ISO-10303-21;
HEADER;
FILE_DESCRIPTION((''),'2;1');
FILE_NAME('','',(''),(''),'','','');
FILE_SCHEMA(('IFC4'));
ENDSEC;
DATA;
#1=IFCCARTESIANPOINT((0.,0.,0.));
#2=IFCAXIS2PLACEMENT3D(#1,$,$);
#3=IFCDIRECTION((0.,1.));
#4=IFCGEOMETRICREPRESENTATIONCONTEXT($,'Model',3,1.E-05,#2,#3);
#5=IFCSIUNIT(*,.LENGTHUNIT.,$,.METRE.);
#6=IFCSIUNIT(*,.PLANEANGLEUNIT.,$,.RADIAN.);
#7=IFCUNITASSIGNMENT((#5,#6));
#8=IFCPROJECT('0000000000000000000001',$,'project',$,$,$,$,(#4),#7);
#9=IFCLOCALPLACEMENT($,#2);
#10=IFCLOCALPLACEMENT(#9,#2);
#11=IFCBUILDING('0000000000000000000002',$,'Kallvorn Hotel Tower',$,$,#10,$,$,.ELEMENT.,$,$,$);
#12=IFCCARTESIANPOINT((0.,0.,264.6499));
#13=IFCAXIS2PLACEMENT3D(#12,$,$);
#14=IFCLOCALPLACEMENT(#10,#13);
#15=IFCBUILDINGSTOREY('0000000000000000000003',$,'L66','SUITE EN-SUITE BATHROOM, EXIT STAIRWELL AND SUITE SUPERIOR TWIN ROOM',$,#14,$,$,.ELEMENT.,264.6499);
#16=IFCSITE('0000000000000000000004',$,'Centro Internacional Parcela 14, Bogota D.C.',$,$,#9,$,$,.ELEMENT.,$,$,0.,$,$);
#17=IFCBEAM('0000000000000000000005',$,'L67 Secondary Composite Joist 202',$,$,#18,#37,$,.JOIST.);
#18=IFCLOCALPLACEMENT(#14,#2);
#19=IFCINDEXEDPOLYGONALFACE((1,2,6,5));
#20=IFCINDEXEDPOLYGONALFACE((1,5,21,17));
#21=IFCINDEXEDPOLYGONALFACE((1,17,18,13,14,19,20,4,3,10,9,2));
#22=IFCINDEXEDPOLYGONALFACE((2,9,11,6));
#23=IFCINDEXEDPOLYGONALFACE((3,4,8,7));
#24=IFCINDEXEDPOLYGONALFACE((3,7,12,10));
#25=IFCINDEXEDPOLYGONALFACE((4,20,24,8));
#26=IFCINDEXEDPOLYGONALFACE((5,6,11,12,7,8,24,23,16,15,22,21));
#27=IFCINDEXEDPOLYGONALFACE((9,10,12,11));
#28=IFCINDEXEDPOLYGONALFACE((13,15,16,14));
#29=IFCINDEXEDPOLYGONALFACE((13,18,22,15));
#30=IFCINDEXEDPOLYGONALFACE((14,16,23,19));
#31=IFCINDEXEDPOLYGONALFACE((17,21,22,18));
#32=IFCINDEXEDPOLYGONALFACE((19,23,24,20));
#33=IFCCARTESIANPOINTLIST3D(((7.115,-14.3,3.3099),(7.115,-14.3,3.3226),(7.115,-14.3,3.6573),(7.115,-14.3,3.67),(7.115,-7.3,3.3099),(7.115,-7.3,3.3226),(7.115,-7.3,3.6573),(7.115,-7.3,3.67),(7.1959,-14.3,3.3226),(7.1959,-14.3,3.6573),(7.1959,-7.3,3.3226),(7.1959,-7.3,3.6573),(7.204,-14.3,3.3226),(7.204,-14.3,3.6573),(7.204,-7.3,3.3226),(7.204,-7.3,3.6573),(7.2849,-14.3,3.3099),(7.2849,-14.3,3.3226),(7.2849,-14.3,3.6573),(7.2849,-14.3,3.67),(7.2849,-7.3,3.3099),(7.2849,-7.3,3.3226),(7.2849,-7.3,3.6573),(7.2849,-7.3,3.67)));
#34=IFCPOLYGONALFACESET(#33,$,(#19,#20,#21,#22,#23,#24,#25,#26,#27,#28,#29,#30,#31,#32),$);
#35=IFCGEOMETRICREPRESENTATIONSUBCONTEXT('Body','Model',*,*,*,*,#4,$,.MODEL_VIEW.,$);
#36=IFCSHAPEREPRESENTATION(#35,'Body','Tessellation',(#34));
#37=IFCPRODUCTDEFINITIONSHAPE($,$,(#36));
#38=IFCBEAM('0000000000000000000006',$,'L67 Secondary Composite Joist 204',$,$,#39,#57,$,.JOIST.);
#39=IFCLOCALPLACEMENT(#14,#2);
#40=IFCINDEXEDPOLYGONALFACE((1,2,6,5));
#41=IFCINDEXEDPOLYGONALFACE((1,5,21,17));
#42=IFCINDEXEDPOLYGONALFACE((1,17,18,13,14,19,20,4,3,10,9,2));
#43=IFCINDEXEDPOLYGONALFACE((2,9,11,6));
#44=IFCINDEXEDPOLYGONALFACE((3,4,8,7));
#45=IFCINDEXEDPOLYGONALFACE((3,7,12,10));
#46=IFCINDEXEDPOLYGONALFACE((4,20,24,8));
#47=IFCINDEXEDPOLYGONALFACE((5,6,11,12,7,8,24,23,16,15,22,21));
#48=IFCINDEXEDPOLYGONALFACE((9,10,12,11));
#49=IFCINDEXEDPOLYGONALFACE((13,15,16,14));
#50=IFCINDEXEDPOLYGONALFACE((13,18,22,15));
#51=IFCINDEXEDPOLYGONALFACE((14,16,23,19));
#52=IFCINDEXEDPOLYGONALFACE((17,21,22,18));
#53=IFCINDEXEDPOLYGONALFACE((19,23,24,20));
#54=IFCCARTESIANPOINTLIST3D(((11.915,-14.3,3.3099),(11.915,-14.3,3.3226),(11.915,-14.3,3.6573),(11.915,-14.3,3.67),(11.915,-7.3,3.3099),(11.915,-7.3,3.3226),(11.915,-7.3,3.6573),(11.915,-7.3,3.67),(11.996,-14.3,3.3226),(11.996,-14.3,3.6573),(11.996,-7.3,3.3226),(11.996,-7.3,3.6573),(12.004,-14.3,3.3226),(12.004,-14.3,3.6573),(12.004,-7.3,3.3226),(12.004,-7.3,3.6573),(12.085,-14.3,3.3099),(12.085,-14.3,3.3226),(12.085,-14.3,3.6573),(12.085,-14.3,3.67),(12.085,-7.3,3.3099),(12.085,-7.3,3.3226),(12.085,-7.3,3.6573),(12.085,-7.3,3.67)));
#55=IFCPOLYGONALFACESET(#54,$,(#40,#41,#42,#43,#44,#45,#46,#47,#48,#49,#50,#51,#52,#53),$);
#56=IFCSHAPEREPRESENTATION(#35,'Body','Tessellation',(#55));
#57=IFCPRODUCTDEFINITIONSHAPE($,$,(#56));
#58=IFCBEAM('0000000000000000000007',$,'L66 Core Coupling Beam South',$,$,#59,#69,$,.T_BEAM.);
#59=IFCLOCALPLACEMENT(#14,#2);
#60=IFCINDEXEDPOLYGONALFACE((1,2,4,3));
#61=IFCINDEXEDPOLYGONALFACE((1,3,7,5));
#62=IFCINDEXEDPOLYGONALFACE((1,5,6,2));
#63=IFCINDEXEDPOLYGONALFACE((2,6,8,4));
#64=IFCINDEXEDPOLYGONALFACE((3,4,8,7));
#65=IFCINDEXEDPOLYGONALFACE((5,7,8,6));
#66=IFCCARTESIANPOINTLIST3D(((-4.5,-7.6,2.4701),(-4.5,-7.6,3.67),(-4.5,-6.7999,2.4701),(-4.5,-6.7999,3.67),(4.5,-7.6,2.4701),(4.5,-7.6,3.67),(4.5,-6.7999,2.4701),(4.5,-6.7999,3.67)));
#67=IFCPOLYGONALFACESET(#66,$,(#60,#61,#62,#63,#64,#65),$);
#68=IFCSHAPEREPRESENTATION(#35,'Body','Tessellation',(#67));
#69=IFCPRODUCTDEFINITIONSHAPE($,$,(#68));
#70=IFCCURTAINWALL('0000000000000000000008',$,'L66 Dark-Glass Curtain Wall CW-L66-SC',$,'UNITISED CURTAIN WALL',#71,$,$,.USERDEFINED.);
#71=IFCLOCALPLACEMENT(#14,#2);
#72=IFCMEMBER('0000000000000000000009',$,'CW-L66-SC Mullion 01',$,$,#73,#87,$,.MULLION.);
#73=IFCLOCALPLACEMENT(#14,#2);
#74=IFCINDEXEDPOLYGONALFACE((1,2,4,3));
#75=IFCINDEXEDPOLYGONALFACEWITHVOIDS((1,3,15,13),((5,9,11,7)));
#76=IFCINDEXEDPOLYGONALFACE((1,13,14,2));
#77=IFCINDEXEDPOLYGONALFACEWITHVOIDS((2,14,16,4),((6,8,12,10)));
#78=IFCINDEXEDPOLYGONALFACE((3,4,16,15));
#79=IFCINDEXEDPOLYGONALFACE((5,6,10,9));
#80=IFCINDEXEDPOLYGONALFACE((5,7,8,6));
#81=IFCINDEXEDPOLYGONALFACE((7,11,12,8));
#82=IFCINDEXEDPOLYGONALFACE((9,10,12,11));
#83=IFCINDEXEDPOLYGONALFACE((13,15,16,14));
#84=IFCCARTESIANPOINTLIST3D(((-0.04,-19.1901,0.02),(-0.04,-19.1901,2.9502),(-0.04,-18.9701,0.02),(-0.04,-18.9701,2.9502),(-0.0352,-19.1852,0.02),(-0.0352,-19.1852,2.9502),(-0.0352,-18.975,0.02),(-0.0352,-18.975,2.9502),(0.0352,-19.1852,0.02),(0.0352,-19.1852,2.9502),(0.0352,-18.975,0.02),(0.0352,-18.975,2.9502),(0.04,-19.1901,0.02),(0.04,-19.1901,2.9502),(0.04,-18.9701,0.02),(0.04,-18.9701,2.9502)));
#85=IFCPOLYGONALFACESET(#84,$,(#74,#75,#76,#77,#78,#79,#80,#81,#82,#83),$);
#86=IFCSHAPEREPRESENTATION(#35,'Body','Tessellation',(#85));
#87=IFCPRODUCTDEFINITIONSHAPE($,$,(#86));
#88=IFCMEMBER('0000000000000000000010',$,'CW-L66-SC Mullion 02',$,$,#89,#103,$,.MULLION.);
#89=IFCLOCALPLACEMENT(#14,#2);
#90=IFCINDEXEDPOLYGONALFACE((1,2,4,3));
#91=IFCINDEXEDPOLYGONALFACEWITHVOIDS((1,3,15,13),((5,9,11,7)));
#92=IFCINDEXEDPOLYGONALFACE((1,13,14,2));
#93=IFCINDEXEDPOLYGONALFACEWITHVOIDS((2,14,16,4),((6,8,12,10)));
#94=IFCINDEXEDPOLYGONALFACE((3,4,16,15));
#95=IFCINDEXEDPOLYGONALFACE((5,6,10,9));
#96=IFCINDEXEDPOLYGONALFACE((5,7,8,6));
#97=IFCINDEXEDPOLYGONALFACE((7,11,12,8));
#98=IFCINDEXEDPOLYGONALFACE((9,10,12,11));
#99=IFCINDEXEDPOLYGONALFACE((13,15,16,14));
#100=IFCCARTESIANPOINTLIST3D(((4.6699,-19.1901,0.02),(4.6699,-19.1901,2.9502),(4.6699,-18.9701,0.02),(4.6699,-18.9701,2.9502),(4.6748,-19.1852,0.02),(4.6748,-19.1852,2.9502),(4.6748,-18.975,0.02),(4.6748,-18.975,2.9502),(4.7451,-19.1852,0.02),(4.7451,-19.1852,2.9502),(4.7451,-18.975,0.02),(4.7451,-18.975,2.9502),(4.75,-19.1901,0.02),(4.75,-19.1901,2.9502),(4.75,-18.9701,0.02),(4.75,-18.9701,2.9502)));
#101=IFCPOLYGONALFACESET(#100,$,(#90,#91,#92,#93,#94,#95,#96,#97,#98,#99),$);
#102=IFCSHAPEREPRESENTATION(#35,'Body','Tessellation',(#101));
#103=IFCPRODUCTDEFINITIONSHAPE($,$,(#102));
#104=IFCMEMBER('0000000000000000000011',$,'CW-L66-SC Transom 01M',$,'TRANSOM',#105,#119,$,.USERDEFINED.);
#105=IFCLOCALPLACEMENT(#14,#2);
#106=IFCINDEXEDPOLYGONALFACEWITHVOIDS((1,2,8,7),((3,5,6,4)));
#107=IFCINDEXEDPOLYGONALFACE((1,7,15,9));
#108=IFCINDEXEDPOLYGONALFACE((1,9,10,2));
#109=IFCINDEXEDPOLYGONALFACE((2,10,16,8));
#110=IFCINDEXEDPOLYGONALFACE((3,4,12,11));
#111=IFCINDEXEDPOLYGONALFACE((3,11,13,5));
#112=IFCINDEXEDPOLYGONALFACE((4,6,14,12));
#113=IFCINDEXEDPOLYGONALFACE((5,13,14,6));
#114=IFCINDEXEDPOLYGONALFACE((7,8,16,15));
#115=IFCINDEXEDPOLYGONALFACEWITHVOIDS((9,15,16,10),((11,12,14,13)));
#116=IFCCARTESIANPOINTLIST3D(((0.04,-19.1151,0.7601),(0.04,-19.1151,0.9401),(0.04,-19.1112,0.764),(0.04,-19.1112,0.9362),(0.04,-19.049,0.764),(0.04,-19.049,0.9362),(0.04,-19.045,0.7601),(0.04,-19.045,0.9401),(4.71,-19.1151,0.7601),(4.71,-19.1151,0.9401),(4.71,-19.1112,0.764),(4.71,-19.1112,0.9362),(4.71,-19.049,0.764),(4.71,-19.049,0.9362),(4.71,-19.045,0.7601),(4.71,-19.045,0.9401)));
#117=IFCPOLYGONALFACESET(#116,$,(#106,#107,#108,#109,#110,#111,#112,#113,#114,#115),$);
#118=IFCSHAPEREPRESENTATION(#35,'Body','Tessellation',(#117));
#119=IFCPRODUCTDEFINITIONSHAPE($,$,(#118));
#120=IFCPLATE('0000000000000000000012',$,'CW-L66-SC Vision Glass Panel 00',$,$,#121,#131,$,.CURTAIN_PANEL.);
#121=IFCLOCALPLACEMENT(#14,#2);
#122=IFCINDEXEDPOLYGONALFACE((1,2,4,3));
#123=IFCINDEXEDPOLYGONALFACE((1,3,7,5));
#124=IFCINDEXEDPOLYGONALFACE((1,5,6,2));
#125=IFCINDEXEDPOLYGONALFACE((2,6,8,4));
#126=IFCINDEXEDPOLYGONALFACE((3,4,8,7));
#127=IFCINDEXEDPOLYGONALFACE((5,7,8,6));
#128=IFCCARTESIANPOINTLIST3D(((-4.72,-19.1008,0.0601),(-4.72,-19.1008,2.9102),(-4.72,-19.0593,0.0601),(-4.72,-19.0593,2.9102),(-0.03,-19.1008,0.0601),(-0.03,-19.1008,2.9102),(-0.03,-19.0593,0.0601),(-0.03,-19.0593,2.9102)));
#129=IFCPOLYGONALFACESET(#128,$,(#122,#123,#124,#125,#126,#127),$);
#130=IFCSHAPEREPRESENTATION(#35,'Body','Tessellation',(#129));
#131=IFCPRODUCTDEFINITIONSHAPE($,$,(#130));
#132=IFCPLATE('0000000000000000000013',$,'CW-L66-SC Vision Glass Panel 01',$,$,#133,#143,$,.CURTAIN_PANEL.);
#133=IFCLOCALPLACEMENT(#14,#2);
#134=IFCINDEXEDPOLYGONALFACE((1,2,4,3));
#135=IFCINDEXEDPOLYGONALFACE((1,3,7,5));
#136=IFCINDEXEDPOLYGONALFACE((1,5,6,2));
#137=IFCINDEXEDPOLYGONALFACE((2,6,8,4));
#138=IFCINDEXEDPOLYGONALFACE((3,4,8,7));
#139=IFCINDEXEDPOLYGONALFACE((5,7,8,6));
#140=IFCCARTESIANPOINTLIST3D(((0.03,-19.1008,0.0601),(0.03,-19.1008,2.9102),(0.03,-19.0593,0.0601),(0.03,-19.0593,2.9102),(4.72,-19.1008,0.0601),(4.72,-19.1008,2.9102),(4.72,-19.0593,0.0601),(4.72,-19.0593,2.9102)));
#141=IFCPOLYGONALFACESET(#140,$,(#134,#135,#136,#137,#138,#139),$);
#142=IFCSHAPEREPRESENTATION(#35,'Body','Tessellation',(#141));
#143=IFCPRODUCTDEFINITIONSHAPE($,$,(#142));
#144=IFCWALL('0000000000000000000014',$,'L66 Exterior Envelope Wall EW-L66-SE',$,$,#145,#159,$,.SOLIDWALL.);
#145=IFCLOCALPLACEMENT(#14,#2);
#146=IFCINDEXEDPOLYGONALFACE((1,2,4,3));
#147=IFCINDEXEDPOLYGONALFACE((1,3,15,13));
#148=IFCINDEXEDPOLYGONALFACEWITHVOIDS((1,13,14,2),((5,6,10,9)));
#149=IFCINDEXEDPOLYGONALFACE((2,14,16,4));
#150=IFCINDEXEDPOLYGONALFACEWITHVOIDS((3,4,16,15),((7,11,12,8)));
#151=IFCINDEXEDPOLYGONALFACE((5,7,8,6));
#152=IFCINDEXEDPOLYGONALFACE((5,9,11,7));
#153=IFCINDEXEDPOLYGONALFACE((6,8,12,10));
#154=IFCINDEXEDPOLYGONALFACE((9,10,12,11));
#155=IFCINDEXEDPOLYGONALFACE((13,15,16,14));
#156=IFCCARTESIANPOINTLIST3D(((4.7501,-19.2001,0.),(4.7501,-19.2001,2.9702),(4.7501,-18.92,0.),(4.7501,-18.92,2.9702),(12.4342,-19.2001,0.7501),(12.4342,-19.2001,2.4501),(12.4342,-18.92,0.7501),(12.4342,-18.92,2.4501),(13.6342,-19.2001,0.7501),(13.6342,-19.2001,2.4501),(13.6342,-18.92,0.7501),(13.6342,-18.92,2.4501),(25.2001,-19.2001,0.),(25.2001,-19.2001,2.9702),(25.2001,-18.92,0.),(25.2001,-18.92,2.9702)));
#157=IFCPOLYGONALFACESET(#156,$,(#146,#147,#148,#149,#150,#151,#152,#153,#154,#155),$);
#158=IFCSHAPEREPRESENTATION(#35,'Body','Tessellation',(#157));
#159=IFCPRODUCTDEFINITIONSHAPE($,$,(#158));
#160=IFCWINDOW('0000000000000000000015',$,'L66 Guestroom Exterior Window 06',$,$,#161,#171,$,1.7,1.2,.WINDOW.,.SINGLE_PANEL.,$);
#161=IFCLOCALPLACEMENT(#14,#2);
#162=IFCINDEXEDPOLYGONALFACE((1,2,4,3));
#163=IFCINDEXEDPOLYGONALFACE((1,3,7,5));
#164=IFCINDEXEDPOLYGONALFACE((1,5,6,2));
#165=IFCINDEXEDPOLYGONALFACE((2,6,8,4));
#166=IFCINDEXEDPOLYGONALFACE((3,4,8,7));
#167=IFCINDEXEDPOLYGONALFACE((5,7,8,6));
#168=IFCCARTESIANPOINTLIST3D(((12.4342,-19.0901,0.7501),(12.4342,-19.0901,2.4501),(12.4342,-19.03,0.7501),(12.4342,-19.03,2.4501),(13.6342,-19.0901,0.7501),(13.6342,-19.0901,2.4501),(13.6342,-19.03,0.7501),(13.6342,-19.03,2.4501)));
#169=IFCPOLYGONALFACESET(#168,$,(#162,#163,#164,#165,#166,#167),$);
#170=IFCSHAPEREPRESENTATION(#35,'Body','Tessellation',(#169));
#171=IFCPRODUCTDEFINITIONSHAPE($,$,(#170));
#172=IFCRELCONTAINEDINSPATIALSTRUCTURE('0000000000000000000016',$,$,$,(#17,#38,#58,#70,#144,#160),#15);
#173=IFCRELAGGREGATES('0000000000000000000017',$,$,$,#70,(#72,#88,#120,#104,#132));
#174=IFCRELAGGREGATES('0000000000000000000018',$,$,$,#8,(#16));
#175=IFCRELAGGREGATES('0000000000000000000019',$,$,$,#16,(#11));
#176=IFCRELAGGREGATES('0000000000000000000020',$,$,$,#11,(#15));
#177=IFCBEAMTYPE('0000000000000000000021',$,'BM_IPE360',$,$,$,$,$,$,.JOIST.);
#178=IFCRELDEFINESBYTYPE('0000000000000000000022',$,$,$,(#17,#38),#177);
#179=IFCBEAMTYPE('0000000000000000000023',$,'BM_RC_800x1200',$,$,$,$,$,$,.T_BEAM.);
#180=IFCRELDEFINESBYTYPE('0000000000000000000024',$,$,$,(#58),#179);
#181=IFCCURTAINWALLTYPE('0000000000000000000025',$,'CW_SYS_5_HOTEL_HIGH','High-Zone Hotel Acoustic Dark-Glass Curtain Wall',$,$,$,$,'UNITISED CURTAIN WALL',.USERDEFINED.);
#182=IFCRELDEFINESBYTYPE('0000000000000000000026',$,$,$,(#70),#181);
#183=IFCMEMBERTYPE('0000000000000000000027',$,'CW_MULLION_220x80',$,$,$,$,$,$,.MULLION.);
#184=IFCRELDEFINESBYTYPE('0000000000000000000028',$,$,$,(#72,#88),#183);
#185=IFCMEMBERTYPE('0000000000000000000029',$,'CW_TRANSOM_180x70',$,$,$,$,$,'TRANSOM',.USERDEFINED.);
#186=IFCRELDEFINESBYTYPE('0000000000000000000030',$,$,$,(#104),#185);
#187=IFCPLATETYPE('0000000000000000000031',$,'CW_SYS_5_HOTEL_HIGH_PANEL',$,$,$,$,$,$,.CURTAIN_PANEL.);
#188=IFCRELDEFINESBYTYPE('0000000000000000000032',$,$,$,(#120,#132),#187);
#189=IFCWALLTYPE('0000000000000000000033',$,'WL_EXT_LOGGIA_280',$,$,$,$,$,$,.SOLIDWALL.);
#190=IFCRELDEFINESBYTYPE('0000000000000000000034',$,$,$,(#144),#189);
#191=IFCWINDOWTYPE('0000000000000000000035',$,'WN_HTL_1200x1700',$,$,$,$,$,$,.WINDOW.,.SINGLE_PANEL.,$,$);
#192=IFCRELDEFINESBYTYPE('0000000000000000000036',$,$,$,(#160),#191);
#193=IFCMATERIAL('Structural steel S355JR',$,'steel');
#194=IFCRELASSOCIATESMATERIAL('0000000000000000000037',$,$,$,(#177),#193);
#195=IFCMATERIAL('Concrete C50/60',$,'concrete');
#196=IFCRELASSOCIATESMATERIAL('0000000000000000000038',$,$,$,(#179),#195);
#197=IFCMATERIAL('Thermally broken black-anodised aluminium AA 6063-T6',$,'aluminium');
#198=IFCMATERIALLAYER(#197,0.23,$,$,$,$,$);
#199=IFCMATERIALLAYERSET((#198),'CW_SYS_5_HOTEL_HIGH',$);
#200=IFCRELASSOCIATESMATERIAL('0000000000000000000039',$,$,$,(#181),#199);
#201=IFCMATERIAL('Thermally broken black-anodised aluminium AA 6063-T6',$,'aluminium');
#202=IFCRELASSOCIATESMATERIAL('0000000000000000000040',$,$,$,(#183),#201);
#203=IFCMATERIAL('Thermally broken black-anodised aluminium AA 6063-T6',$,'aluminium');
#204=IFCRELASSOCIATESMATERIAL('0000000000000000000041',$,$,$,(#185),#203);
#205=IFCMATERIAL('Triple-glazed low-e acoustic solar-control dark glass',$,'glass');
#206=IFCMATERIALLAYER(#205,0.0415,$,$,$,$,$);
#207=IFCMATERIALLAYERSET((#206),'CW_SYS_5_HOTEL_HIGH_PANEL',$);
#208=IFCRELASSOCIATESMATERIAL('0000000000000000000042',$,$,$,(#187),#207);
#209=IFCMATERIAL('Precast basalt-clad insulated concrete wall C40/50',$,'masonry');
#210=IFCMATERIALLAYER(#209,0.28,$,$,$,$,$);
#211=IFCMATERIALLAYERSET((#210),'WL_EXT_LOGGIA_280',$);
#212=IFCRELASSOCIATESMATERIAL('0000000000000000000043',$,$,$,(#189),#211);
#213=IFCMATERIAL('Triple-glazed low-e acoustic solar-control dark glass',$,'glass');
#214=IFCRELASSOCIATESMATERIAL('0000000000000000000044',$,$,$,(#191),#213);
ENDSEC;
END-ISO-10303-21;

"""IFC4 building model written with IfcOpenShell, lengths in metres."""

from ifc_helpers import new_model, si_unit, direction, frame, frame_2d, origin, origin_2d, place, context, subcontext, project, spatial, rectangle, hollow_rectangle, i_section, extrude, material, layer, layer_set, material_profile, profile_set, type_object, element, fill, aggregate, save


model = new_model("IFC4")

# Units and contexts
model_context = context("Model", 3, precision=1e-05, world=origin(), true_north=direction((0.0, 1.0)))
body_context = subcontext(model_context, "Body", "Model", "MODEL_VIEW")
ifc_project = project(units=[si_unit("LENGTHUNIT", "METRE"), si_unit("PLANEANGLEUNIT", "RADIAN")], contexts=[model_context])

# Site, building, storey
site_placement = place(None, origin())
site = spatial("IfcSite", under=ifc_project, at=site_placement, Name="Centro Internacional Parcela 14, Bogota D.C.", CompositionType="ELEMENT", RefElevation=0.0)
building_placement = place(site_placement, origin())
building = spatial("IfcBuilding", under=site, at=building_placement, Name="Kallvorn Hotel Tower", CompositionType="ELEMENT")
storey_placement = place(building_placement, frame((0.0, 0.0, 264.6499)))
storey = spatial("IfcBuildingStorey", under=building, at=storey_placement, Name="L66", Description="SUITE EN-SUITE BATHROOM, EXIT STAIRWELL AND SUITE SUPERIOR TWIN ROOM", CompositionType="ELEMENT", Elevation=264.6499)

# Beams
ifc_material_1 = material(Name="Structural steel S355JR", Category="steel")
ifc_material_profile_1 = material_profile(ifc_material_1, i_section(OverallWidth=0.1699, OverallDepth=0.3601, WebThickness=0.0081, FlangeThickness=0.0127, at=origin_2d()), Name="IPE 360")
ifc_profile_set_1 = profile_set([ifc_material_profile_1], Name="Structural steel S355JR")
beam_type_1 = type_object("IfcBeamType", Name="BM_IPE360", PredefinedType="JOIST", material=ifc_profile_set_1)
for number, where, z_axis, x_axis, name in (
    (1, (7.2, -14.3, 3.49), (0.0, 1.0, 0.0), (-1.0, 0.0, 0.0), "L67 Secondary Composite Joist 202"),
    (2, (12.0, -14.3, 3.49), (0.0, 1.0, 0.0), (-1.0, 0.0, 0.0), "L67 Secondary Composite Joist 204"),
):
    element("IfcBeam", number, at=place(storey_placement, frame(where, z_axis=z_axis, x_axis=x_axis)), inside=storey, type_object=beam_type_1, Name=name, PredefinedType="JOIST", context=body_context, shape_type="SweptSolid", body=[
        extrude(i_section(OverallWidth=0.1699, OverallDepth=0.3601, WebThickness=0.0081, FlangeThickness=0.0127, at=origin_2d()), origin(), (0.0, 0.0, 1.0), 7.0),
    ])
ifc_material_2 = material(Name="Concrete C50/60", Category="concrete")
ifc_material_profile_2 = material_profile(ifc_material_2, rectangle(XDim=0.8, YDim=1.2, at=origin_2d()), Name="RC 800x1200")
ifc_profile_set_2 = profile_set([ifc_material_profile_2], Name="Concrete C50/60")
beam_type_2 = type_object("IfcBeamType", Name="BM_RC_800x1200", PredefinedType="T_BEAM", material=ifc_profile_set_2)
beam_1_placement = place(storey_placement, frame((-4.5, -7.2, 3.0701), z_axis=(1.0, 0.0, 0.0), x_axis=(0.0, 1.0, 0.0)))
element("IfcBeam", 3, at=beam_1_placement, inside=storey, type_object=beam_type_2, Name="L66 Core Coupling Beam South", PredefinedType="T_BEAM", context=body_context, shape_type="SweptSolid", body=[
    extrude(rectangle(XDim=0.8, YDim=1.2, at=origin_2d()), origin(), (0.0, 0.0, 1.0), 9.0),
])

# Curtain wall, members, plates
ifc_material_3 = material(Name="Thermally broken black-anodised aluminium AA 6063-T6", Category="aluminium")
ifc_layer_1 = layer(ifc_material_3, 0.23)
ifc_layer_set_1 = layer_set([ifc_layer_1], Name="CW_SYS_5_HOTEL_HIGH")
curtain_wall_type = type_object("IfcCurtainWallType", Name="CW_SYS_5_HOTEL_HIGH", Description="High-Zone Hotel Acoustic Dark-Glass Curtain Wall", ElementType="UNITISED CURTAIN WALL", PredefinedType="USERDEFINED", material=ifc_layer_set_1)
curtain_wall_placement = place(storey_placement, origin())
curtain_wall = element("IfcCurtainWall", 4, at=curtain_wall_placement, inside=storey, type_object=curtain_wall_type, Name="L66 Dark-Glass Curtain Wall CW-L66-SC", ObjectType="UNITISED CURTAIN WALL", PredefinedType="USERDEFINED")
ifc_material_4 = material(Name="Thermally broken black-anodised aluminium AA 6063-T6", Category="aluminium")
ifc_material_profile_3 = material_profile(ifc_material_4, hollow_rectangle(XDim=0.0801, YDim=0.22, WallThickness=0.0049, at=origin_2d()), Name="MUL 220x80")
ifc_profile_set_3 = profile_set([ifc_material_profile_3], Name="Thermally broken black-anodised aluminium AA 6063-T6")
member_type_1 = type_object("IfcMemberType", Name="CW_MULLION_220x80", PredefinedType="MULLION", material=ifc_profile_set_3)
member_1_placement = place(storey_placement, frame((0.0, -19.0801, 0.02), z_axis=(0.0, 0.0, 1.0), x_axis=(1.0, 0.0, 0.0)))
member_1 = element("IfcMember", 5, at=member_1_placement, type_object=member_type_1, Name="CW-L66-SC Mullion 01", PredefinedType="MULLION", context=body_context, shape_type="SweptSolid", body=[
    extrude(hollow_rectangle(XDim=0.0801, YDim=0.22, WallThickness=0.0049, at=origin_2d()), origin(), (0.0, 0.0, 1.0), 2.9302),
])
member_2_placement = place(storey_placement, frame((4.71, -19.0801, 0.02), z_axis=(0.0, 0.0, 1.0), x_axis=(1.0, 0.0, 0.0)))
member_2 = element("IfcMember", 6, at=member_2_placement, type_object=member_type_1, Name="CW-L66-SC Mullion 02", PredefinedType="MULLION", context=body_context, shape_type="SweptSolid", body=[
    extrude(hollow_rectangle(XDim=0.0801, YDim=0.22, WallThickness=0.0049, at=origin_2d()), origin(), (0.0, 0.0, 1.0), 2.9302),
])
ifc_material_5 = material(Name="Thermally broken black-anodised aluminium AA 6063-T6", Category="aluminium")
ifc_material_profile_4 = material_profile(ifc_material_5, hollow_rectangle(XDim=0.0701, YDim=0.1799, WallThickness=0.0039, at=origin_2d()), Name="TRN 180x70")
ifc_profile_set_4 = profile_set([ifc_material_profile_4], Name="Thermally broken black-anodised aluminium AA 6063-T6")
member_type_2 = type_object("IfcMemberType", Name="CW_TRANSOM_180x70", ElementType="TRANSOM", PredefinedType="USERDEFINED", material=ifc_profile_set_4)
member_3_placement = place(storey_placement, frame((0.04, -19.0801, 0.8501), z_axis=(1.0, 0.0, 0.0), x_axis=(0.0, 1.0, 0.0)))
member_3 = element("IfcMember", 7, at=member_3_placement, type_object=member_type_2, Name="CW-L66-SC Transom 01M", ObjectType="TRANSOM", PredefinedType="USERDEFINED", context=body_context, shape_type="SweptSolid", body=[
    extrude(hollow_rectangle(XDim=0.0701, YDim=0.1799, WallThickness=0.0039, at=origin_2d()), origin(), (0.0, 0.0, 1.0), 4.6699),
])
ifc_material_6 = material(Name="Triple-glazed low-e acoustic solar-control dark glass", Category="glass")
ifc_layer_2 = layer(ifc_material_6, 0.0415)
ifc_layer_set_2 = layer_set([ifc_layer_2], Name="CW_SYS_5_HOTEL_HIGH_PANEL")
plate_type = type_object("IfcPlateType", Name="CW_SYS_5_HOTEL_HIGH_PANEL", PredefinedType="CURTAIN_PANEL", material=ifc_layer_set_2)
plate_1_placement = place(storey_placement, frame((-2.375, -19.0801, 0.0601), z_axis=(0.0, 0.0, 1.0), x_axis=(1.0, 0.0, 0.0)))
plate_1 = element("IfcPlate", 8, at=plate_1_placement, type_object=plate_type, Name="CW-L66-SC Vision Glass Panel 00", PredefinedType="CURTAIN_PANEL", context=body_context, shape_type="SweptSolid", body=[
    extrude(rectangle(XDim=4.6899, YDim=0.0415, at=origin_2d()), origin(), (0.0, 0.0, 1.0), 2.8501),
])
plate_2_placement = place(storey_placement, frame((2.375, -19.0801, 0.0601), z_axis=(0.0, 0.0, 1.0), x_axis=(1.0, 0.0, 0.0)))
plate_2 = element("IfcPlate", 9, at=plate_2_placement, type_object=plate_type, Name="CW-L66-SC Vision Glass Panel 01", PredefinedType="CURTAIN_PANEL", context=body_context, shape_type="SweptSolid", body=[
    extrude(rectangle(XDim=4.6899, YDim=0.0415, at=origin_2d()), origin(), (0.0, 0.0, 1.0), 2.8501),
])
aggregate(curtain_wall, [member_1, member_2, plate_1, member_3, plate_2])

# Wall, opening, window
ifc_material_7 = material(Name="Precast basalt-clad insulated concrete wall C40/50", Category="masonry")
ifc_layer_3 = layer(ifc_material_7, 0.28)
ifc_layer_set_3 = layer_set([ifc_layer_3], Name="WL_EXT_LOGGIA_280")
wall_type_1 = type_object("IfcWallType", Name="WL_EXT_LOGGIA_280", PredefinedType="SOLIDWALL", material=ifc_layer_set_3)
wall_1_placement = place(storey_placement, frame((4.75, -19.0601, 0.0), z_axis=(0.0, 0.0, 1.0), x_axis=(1.0, 0.0, 0.0)))
wall_1 = element("IfcWall", 10, at=wall_1_placement, inside=storey, type_object=wall_type_1, Name="L66 Exterior Envelope Wall EW-L66-SE", PredefinedType="SOLIDWALL", context=body_context, shape_type="SweptSolid", body=[
    extrude(rectangle(XDim=20.45, YDim=0.28, at=frame_2d((10.2251, 0.0))), origin(), (0.0, 0.0, 1.0), 2.9702),
])
opening_1_placement = place(wall_1_placement, frame((7.6841, 0.0, 0.75)))
opening_1 = element("IfcOpeningElement", 11, at=opening_1_placement, cuts=wall_1, PredefinedType="OPENING", context=body_context, shape_type="SweptSolid", body=[
    extrude(rectangle(XDim=1.2, YDim=1.7, at=frame_2d((0.6001, 0.8501))), frame((0.0, 0.155, 0.0), z_axis=(0.0, -1.0, 0.0), x_axis=(1.0, 0.0, 0.0)), (0.0, 0.0, 1.0), 0.3101),
])
ifc_material_8 = material(Name="Triple-glazed low-e acoustic solar-control dark glass", Category="glass")
window_type = type_object("IfcWindowType", Name="WN_HTL_1200x1700", PartitioningType="SINGLE_PANEL", PredefinedType="WINDOW", material=ifc_material_8)
window_placement = place(opening_1_placement, origin())
window = element("IfcWindow", 12, at=window_placement, inside=storey, type_object=window_type, Name="L66 Guestroom Exterior Window 06", OverallHeight=1.7, OverallWidth=1.2, PartitioningType="SINGLE_PANEL", PredefinedType="WINDOW", context=body_context, shape_type="SweptSolid", body=[
    extrude(rectangle(XDim=1.2, YDim=1.7, at=frame_2d((0.6001, 0.8501))), frame((0.0, 0.03, 0.0), z_axis=(0.0, -1.0, 0.0), x_axis=(1.0, 0.0, 0.0)), (0.0, 0.0, 1.0), 0.0601),
])
fill(opening_1, window)

save(model, "model.ifc")
